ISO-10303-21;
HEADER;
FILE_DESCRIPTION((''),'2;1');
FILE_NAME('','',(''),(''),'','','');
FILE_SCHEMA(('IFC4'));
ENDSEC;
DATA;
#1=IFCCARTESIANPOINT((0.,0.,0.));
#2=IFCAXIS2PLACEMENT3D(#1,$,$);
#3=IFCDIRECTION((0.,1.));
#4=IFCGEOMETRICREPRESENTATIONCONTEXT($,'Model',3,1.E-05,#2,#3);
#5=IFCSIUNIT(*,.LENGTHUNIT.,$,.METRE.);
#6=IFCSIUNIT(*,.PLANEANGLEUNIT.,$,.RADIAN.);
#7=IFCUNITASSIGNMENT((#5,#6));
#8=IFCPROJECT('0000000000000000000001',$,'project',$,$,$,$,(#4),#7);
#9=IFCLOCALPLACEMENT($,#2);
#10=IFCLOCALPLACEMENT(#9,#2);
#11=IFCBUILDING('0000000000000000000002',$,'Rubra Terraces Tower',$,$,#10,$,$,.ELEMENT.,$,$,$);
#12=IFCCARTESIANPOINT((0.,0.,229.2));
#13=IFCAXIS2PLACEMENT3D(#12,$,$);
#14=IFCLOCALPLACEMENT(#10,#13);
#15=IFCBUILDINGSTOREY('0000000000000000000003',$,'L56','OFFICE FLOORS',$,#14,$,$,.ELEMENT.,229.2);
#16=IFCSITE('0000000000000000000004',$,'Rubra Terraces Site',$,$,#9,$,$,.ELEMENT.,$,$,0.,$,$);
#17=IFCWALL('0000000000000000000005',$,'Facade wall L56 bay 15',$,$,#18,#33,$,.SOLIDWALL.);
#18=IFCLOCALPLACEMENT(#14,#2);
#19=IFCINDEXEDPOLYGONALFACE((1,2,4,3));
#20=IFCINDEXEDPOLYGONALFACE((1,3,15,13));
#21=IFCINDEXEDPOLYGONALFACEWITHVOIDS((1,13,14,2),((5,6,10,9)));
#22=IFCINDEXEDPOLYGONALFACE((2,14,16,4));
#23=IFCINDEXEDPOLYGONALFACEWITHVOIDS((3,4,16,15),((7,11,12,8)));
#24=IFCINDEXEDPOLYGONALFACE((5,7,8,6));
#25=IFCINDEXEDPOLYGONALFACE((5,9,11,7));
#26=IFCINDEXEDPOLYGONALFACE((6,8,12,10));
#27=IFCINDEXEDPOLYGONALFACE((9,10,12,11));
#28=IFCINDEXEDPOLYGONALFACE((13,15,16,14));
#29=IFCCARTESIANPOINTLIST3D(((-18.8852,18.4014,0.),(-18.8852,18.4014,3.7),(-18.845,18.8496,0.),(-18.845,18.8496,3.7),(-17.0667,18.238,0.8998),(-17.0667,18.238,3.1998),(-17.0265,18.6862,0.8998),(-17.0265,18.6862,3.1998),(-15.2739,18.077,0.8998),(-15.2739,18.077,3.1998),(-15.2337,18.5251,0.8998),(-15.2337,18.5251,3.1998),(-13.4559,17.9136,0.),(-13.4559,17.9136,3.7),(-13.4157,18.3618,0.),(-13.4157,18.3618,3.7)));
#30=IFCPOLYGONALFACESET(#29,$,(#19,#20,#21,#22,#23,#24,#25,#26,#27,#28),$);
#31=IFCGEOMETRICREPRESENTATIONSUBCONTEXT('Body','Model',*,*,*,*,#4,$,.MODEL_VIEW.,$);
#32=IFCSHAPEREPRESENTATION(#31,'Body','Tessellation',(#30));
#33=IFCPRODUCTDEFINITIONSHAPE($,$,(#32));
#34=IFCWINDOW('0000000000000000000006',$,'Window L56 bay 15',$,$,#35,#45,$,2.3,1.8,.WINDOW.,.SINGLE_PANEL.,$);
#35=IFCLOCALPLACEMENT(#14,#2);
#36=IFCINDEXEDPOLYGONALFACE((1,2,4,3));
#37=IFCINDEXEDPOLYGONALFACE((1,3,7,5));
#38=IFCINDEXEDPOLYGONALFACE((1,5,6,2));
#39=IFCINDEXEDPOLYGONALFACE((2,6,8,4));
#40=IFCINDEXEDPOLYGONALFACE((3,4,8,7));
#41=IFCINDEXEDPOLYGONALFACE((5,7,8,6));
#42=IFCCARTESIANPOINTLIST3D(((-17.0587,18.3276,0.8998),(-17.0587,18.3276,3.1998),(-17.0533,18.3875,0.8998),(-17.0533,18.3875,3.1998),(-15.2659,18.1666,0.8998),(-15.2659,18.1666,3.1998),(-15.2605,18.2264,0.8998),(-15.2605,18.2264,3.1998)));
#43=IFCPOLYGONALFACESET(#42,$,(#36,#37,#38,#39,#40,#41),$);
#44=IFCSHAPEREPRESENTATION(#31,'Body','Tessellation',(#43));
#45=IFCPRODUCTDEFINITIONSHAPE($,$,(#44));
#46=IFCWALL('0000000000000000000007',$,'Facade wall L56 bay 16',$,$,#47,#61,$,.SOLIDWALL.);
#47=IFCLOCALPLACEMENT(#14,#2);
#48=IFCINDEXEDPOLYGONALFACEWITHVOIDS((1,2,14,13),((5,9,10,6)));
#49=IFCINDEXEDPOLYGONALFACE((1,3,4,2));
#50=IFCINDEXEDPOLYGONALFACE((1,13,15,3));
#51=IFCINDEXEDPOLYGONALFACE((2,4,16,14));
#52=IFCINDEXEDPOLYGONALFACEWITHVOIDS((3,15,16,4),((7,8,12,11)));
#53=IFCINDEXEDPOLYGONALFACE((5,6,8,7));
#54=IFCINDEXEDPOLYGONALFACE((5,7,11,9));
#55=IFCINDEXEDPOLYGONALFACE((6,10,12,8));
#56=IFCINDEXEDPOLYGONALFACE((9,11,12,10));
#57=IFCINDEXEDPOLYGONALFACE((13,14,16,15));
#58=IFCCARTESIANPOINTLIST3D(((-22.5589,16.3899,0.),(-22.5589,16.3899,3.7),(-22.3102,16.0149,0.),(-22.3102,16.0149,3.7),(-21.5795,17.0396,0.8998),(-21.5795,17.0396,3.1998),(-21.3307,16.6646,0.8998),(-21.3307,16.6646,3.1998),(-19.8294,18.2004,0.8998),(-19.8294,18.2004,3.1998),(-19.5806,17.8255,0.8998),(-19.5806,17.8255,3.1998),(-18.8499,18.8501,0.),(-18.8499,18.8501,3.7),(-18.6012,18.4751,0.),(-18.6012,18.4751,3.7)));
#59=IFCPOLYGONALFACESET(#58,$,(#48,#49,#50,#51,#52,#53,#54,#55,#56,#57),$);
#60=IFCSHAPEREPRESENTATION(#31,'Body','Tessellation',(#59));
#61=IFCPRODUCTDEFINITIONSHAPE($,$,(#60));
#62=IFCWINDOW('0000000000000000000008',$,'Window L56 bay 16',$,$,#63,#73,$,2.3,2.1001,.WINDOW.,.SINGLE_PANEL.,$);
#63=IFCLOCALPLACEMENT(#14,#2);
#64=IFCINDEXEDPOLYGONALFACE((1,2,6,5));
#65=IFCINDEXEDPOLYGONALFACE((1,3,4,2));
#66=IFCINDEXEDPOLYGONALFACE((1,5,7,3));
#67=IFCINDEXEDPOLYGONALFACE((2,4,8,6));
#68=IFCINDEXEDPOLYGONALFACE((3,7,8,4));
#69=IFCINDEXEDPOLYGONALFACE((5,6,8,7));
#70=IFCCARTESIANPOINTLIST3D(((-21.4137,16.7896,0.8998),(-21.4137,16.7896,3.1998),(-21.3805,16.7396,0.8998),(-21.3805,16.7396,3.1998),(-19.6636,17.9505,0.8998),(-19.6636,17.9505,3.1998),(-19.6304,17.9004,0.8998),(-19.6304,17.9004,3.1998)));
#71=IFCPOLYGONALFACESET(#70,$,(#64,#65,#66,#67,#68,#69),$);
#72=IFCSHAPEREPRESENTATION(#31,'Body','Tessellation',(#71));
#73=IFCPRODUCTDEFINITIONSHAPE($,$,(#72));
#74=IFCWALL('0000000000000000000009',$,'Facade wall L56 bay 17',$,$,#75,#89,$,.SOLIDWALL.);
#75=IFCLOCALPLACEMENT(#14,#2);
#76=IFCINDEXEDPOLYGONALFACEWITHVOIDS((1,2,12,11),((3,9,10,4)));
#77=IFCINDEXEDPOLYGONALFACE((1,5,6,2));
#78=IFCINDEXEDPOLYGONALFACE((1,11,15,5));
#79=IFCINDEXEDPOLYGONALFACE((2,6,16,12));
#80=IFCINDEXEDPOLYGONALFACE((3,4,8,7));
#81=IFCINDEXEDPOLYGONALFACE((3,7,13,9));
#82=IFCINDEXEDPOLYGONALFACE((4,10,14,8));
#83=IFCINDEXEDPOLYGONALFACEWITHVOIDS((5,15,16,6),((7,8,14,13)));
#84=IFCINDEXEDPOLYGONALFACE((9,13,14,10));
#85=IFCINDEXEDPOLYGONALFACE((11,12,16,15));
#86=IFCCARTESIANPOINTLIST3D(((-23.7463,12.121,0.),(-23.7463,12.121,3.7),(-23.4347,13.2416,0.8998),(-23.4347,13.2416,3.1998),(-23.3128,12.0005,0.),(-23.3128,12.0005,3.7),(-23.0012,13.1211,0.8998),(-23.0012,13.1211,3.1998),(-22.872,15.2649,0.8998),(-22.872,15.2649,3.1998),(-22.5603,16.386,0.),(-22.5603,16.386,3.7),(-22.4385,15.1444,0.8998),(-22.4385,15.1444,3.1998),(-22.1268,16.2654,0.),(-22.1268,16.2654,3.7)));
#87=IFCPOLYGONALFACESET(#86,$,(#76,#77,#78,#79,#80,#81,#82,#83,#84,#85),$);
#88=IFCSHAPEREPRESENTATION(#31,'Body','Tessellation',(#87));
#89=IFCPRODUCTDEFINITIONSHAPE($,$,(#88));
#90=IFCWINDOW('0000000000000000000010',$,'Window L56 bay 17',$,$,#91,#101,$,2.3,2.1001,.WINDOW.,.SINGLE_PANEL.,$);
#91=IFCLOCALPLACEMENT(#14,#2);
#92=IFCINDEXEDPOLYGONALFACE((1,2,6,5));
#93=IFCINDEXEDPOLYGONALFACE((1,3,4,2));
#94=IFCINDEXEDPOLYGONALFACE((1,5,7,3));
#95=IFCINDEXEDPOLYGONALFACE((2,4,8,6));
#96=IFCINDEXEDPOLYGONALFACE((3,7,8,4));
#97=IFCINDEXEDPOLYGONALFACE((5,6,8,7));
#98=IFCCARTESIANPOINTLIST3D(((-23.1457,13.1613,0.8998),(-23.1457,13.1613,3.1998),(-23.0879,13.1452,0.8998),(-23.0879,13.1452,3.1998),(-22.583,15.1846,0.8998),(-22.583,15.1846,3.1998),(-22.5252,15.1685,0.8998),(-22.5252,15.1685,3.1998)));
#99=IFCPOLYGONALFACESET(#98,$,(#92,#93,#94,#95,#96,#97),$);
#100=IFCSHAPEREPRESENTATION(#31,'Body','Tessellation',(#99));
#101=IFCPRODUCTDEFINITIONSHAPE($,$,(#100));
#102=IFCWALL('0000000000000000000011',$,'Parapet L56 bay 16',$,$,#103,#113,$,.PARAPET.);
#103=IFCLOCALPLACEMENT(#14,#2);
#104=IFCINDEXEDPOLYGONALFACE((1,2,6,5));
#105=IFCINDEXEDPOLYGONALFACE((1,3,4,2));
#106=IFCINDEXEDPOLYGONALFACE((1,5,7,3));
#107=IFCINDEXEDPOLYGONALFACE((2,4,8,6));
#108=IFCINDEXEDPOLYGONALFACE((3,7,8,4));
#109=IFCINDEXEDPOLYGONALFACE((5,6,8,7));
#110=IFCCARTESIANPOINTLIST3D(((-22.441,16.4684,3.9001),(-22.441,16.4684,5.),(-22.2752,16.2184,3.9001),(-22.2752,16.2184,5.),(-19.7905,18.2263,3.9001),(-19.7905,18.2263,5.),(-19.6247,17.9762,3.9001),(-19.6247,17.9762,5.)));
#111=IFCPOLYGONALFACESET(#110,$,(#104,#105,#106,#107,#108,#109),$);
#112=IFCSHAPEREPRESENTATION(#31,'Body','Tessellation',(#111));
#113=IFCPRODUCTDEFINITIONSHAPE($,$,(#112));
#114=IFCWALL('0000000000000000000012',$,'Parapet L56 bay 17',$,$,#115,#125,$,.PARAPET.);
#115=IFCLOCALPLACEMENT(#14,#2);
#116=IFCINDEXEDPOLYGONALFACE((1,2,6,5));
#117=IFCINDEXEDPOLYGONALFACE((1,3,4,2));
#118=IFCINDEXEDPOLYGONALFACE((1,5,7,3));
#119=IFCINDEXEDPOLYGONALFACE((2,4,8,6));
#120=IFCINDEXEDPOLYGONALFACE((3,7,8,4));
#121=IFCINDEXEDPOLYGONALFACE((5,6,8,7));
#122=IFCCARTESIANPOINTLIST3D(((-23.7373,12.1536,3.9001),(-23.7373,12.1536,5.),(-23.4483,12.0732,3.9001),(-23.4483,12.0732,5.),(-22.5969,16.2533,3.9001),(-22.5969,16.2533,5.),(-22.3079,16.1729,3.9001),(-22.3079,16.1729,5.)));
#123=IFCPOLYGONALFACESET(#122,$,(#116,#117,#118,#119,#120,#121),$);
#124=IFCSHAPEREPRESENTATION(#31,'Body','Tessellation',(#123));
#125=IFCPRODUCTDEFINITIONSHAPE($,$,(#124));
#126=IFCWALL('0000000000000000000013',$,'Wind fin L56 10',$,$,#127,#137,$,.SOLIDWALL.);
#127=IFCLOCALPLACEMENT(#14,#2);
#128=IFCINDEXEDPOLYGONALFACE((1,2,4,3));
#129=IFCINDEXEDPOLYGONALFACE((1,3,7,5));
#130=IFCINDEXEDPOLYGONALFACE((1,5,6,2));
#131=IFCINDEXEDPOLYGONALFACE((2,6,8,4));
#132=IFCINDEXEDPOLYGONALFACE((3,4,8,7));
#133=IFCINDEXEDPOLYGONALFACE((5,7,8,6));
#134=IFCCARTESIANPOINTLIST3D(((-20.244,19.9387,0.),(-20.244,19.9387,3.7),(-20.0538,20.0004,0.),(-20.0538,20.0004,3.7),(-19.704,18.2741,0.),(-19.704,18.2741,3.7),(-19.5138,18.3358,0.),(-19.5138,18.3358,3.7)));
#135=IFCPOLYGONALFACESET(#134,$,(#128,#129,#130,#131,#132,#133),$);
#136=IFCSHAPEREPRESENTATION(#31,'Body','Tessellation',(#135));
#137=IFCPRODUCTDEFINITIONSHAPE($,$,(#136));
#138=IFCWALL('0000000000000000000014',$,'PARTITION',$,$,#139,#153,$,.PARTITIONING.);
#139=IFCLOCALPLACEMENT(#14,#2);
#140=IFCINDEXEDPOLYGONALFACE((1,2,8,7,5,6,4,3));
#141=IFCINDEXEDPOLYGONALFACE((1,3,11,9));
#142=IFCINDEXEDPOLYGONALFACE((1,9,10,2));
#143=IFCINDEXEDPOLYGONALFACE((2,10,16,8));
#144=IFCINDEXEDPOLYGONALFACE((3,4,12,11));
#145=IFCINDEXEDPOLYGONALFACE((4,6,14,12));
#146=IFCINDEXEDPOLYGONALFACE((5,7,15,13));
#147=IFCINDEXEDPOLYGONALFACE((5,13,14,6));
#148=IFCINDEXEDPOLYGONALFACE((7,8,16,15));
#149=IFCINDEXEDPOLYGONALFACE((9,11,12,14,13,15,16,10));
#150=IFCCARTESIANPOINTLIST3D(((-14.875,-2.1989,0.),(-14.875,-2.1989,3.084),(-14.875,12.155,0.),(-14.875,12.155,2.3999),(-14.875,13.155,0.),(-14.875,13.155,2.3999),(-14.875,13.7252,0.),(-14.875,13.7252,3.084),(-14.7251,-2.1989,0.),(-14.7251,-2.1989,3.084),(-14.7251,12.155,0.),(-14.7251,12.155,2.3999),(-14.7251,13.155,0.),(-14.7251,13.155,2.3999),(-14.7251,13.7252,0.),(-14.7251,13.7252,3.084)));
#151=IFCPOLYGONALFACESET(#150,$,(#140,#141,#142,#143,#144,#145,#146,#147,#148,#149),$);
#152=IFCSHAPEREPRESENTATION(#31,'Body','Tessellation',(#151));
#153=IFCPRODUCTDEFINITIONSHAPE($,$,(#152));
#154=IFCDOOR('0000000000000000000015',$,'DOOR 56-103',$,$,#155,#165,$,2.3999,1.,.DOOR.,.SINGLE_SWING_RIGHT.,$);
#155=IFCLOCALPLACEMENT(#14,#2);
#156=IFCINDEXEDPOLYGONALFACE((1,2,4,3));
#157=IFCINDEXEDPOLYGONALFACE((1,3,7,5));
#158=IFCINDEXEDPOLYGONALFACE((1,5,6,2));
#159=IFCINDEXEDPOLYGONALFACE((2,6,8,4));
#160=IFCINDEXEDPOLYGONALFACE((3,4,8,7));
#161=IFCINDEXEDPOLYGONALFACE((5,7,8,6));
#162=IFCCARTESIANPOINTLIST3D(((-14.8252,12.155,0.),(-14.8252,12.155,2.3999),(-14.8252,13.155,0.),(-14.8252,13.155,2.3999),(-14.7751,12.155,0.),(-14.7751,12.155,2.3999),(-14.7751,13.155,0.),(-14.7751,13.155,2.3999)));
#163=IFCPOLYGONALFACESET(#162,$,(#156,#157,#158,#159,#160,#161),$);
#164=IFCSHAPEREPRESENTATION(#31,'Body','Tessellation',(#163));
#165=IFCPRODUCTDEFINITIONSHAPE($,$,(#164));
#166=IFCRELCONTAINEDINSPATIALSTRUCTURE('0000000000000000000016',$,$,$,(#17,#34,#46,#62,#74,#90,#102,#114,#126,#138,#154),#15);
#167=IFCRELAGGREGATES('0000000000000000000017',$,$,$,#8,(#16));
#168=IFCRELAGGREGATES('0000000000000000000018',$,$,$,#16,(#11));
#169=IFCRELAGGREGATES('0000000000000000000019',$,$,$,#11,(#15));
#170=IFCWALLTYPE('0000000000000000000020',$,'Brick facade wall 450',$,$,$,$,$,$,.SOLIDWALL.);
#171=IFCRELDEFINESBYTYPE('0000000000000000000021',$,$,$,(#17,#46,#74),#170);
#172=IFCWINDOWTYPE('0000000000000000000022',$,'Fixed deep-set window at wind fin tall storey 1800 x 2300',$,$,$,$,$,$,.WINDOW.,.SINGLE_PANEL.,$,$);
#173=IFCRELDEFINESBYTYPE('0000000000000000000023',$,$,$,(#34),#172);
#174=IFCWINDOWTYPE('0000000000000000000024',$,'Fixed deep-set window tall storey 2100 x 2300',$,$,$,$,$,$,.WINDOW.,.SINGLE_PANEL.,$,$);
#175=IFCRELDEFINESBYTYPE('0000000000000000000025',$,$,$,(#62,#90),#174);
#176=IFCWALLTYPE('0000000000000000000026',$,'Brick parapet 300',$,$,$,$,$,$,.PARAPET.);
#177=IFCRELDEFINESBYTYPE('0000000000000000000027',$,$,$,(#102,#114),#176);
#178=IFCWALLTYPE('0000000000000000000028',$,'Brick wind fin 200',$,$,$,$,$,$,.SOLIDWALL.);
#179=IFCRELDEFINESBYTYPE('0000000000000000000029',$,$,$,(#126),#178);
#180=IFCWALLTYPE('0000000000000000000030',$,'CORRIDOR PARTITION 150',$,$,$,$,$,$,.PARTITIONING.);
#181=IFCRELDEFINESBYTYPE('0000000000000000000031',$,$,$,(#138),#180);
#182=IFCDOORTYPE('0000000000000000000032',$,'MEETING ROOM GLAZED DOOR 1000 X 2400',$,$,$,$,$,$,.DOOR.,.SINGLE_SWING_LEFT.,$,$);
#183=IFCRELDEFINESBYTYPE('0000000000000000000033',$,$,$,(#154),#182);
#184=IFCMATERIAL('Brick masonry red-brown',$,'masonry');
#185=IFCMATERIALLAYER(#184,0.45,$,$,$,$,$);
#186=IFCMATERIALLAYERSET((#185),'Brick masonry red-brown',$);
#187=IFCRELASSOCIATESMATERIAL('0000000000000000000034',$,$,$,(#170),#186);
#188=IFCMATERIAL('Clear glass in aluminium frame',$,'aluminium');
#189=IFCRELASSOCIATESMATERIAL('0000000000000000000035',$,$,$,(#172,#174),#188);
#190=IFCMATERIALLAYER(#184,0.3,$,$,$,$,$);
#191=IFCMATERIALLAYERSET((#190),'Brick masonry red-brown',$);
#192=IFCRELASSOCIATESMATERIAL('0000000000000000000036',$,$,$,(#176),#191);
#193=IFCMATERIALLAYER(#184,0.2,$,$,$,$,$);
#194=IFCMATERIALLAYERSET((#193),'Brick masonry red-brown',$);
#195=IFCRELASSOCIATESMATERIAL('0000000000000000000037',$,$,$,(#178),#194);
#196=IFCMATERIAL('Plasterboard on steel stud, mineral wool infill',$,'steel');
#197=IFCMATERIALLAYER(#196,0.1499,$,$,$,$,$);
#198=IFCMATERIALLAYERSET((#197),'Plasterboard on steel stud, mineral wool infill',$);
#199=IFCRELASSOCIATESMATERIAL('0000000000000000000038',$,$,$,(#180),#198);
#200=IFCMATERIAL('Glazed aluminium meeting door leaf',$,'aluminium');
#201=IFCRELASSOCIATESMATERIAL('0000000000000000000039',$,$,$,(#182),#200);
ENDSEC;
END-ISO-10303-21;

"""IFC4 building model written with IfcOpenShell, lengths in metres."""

from ifc_helpers import new_model, si_unit, direction, frame, frame_2d, origin, place, context, subcontext, project, spatial, rectangle, extrude, material, layer, layer_set, type_object, element, fill, save


model = new_model("IFC4")

# Units and contexts
model_context = context("Model", 3, precision=1e-05, world=origin(), true_north=direction((0.0, 1.0)))
body_context = subcontext(model_context, "Body", "Model", "MODEL_VIEW")
ifc_project = project(units=[si_unit("LENGTHUNIT", "METRE"), si_unit("PLANEANGLEUNIT", "RADIAN")], contexts=[model_context])

# Site, building, storey
site_placement = place(None, origin())
site = spatial("IfcSite", under=ifc_project, at=site_placement, Name="Rubra Terraces Site", CompositionType="ELEMENT", RefElevation=0.0)
building_placement = place(site_placement, origin())
building = spatial("IfcBuilding", under=site, at=building_placement, Name="Rubra Terraces Tower", CompositionType="ELEMENT")
storey_placement = place(building_placement, frame((0.0, 0.0, 229.2)))
storey = spatial("IfcBuildingStorey", under=building, at=storey_placement, Name="L56", Description="OFFICE FLOORS", CompositionType="ELEMENT", Elevation=229.2)

# Walls, openings, windows
ifc_material_1 = material(Name="Brick masonry red-brown", Category="masonry")
ifc_layer_1 = layer(ifc_material_1, 0.45)
ifc_layer_set_1 = layer_set([ifc_layer_1], Name="Brick masonry red-brown")
wall_type_1 = type_object("IfcWallType", Name="Brick facade wall 450", PredefinedType="SOLIDWALL", material=ifc_layer_set_1)
wall_1_placement = place(storey_placement, frame((-13.4358, 18.1377, 0.0), z_axis=(0.0, 0.0, 1.0), x_axis=(-0.995988, 0.089486, 0.0)))
wall_1 = element("IfcWall", 1, at=wall_1_placement, inside=storey, type_object=wall_type_1, Name="Facade wall L56 bay 15", PredefinedType="SOLIDWALL", context=body_context, shape_type="SweptSolid", body=[
    extrude(rectangle(XDim=5.4512, YDim=0.45, at=frame_2d((2.7256, 0.0))), origin(), (0.0, 0.0, 1.0), 3.7),
])
opening_1_placement = place(wall_1_placement, frame((1.8254, 0.0, 0.8999)))
opening_1 = element("IfcOpeningElement", 2, at=opening_1_placement, cuts=wall_1, PredefinedType="OPENING", context=body_context, shape_type="SweptSolid", body=[
    extrude(rectangle(XDim=1.8, YDim=2.3, at=frame_2d((0.8999, 1.1499))), frame((0.0, 0.2349, 0.0), z_axis=(0.0, -1.0, 0.0), x_axis=(1.0, 0.0, 0.0)), (0.0, 0.0, 1.0), 0.47),
])
ifc_material_2 = material(Name="Clear glass in aluminium frame", Category="aluminium")
window_type_1 = type_object("IfcWindowType", Name="Fixed deep-set window at wind fin tall storey 1800 x 2300", PartitioningType="SINGLE_PANEL", PredefinedType="WINDOW", material=ifc_material_2)
window_1_placement = place(opening_1_placement, origin())
window_1 = element("IfcWindow", 3, at=window_1_placement, inside=storey, type_object=window_type_1, Name="Window L56 bay 15", OverallHeight=2.3, OverallWidth=1.8, PartitioningType="SINGLE_PANEL", PredefinedType="WINDOW", context=body_context, shape_type="SweptSolid", body=[
    extrude(rectangle(XDim=1.8, YDim=2.3, at=frame_2d((0.8999, 1.1499))), frame((0.0, 0.135, 0.0), z_axis=(0.0, -1.0, 0.0), x_axis=(1.0, 0.0, 0.0)), (0.0, 0.0, 1.0), 0.0601),
])
fill(opening_1, window_1)
wall_2_placement = place(storey_placement, frame((-18.7256, 18.6626, 0.0), z_axis=(0.0, 0.0, 1.0), x_axis=(-0.833339, -0.552762, 0.0)))
wall_2 = element("IfcWall", 4, at=wall_2_placement, inside=storey, type_object=wall_type_1, Name="Facade wall L56 bay 16", PredefinedType="SOLIDWALL", context=body_context, shape_type="SweptSolid", body=[
    extrude(rectangle(XDim=4.4507, YDim=0.45, at=frame_2d((2.2253, 0.0))), origin(), (0.0, 0.0, 1.0), 3.7),
])
opening_2_placement = place(wall_2_placement, frame((1.1753, 0.0, 0.8999)))
opening_2 = element("IfcOpeningElement", 5, at=opening_2_placement, cuts=wall_2, PredefinedType="OPENING", context=body_context, shape_type="SweptSolid", body=[
    extrude(rectangle(XDim=2.1001, YDim=2.3, at=frame_2d((1.05, 1.1499))), frame((0.0, 0.2349, 0.0), z_axis=(0.0, -1.0, 0.0), x_axis=(1.0, 0.0, 0.0)), (0.0, 0.0, 1.0), 0.47),
])
window_type_2 = type_object("IfcWindowType", Name="Fixed deep-set window tall storey 2100 x 2300", PartitioningType="SINGLE_PANEL", PredefinedType="WINDOW", material=ifc_material_2)
window_2_placement = place(opening_2_placement, origin())
window_2 = element("IfcWindow", 6, at=window_2_placement, inside=storey, type_object=window_type_2, Name="Window L56 bay 16", OverallHeight=2.3, OverallWidth=2.1001, PartitioningType="SINGLE_PANEL", PredefinedType="WINDOW", context=body_context, shape_type="SweptSolid", body=[
    extrude(rectangle(XDim=2.1001, YDim=2.3, at=frame_2d((1.05, 1.1499))), frame((0.0, 0.135, 0.0), z_axis=(0.0, -1.0, 0.0), x_axis=(1.0, 0.0, 0.0)), (0.0, 0.0, 1.0), 0.0601),
])
fill(opening_2, window_2)
wall_3_placement = place(storey_placement, frame((-22.3435, 16.3257, 0.0), z_axis=(0.0, 0.0, 1.0), x_axis=(-0.267925, -0.96344, 0.0)))
wall_3 = element("IfcWall", 7, at=wall_3_placement, inside=storey, type_object=wall_type_1, Name="Facade wall L56 bay 17", PredefinedType="SOLIDWALL", context=body_context, shape_type="SweptSolid", body=[
    extrude(rectangle(XDim=4.4268, YDim=0.45, at=frame_2d((2.2134, 0.0))), origin(), (0.0, 0.0, 1.0), 3.7),
])
opening_3_placement = place(wall_3_placement, frame((1.1636, 0.0, 0.8999)))
opening_3 = element("IfcOpeningElement", 8, at=opening_3_placement, cuts=wall_3, PredefinedType="OPENING", context=body_context, shape_type="SweptSolid", body=[
    extrude(rectangle(XDim=2.1001, YDim=2.3, at=frame_2d((1.05, 1.1499))), frame((0.0, 0.2349, 0.0), z_axis=(0.0, -1.0, 0.0), x_axis=(1.0, 0.0, 0.0)), (0.0, 0.0, 1.0), 0.47),
])
window_3_placement = place(opening_3_placement, origin())
window_3 = element("IfcWindow", 9, at=window_3_placement, inside=storey, type_object=window_type_2, Name="Window L56 bay 17", OverallHeight=2.3, OverallWidth=2.1001, PartitioningType="SINGLE_PANEL", PredefinedType="WINDOW", context=body_context, shape_type="SweptSolid", body=[
    extrude(rectangle(XDim=2.1001, YDim=2.3, at=frame_2d((1.05, 1.1499))), frame((0.0, 0.135, 0.0), z_axis=(0.0, -1.0, 0.0), x_axis=(1.0, 0.0, 0.0)), (0.0, 0.0, 1.0), 0.0601),
])
fill(opening_3, window_3)

# Walls
ifc_layer_2 = layer(ifc_material_1, 0.3)
ifc_layer_set_2 = layer_set([ifc_layer_2], Name="Brick masonry red-brown")
wall_type_2 = type_object("IfcWallType", Name="Brick parapet 300", PredefinedType="PARAPET", material=ifc_layer_set_2)
wall_4_placement = place(storey_placement, frame((-19.7075, 18.1013, 3.9001), z_axis=(0.0, 0.0, 1.0), x_axis=(-0.833371, -0.552715, 0.0)))
element("IfcWall", 10, at=wall_4_placement, inside=storey, type_object=wall_type_2, Name="Parapet L56 bay 16", PredefinedType="PARAPET", context=body_context, shape_type="SweptSolid", body=[
    extrude(rectangle(XDim=3.1804, YDim=0.3, at=frame_2d((1.5903, 0.0))), origin(), (0.0, 0.0, 1.0), 1.0999),
])
wall_5_placement = place(storey_placement, frame((-22.4524, 16.2131, 3.9001), z_axis=(0.0, 0.0, 1.0), x_axis=(-0.267993, -0.963421, 0.0)))
element("IfcWall", 11, at=wall_5_placement, inside=storey, type_object=wall_type_2, Name="Parapet L56 bay 17", PredefinedType="PARAPET", context=body_context, shape_type="SweptSolid", body=[
    extrude(rectangle(XDim=4.2554, YDim=0.3, at=frame_2d((2.1277, 0.0))), origin(), (0.0, 0.0, 1.0), 1.0999),
])
ifc_layer_3 = layer(ifc_material_1, 0.2)
ifc_layer_set_3 = layer_set([ifc_layer_3], Name="Brick masonry red-brown")
wall_type_3 = type_object("IfcWallType", Name="Brick wind fin 200", PredefinedType="SOLIDWALL", material=ifc_layer_set_3)
wall_6_placement = place(storey_placement, frame((-19.6089, 18.3049, 0.0), z_axis=(0.0, 0.0, 1.0), x_axis=(-0.3086, 0.951192, 0.0)))
element("IfcWall", 12, at=wall_6_placement, inside=storey, type_object=wall_type_3, Name="Wind fin L56 10", PredefinedType="SOLIDWALL", context=body_context, shape_type="SweptSolid", body=[
    extrude(rectangle(XDim=1.75, YDim=0.2, at=frame_2d((0.875, 0.0))), origin(), (0.0, 0.0, 1.0), 3.7),
])

# Wall, opening, door
ifc_material_3 = material(Name="Plasterboard on steel stud, mineral wool infill", Category="steel")
ifc_layer_4 = layer(ifc_material_3, 0.1499)
ifc_layer_set_4 = layer_set([ifc_layer_4], Name="Plasterboard on steel stud, mineral wool infill")
wall_type_4 = type_object("IfcWallType", Name="CORRIDOR PARTITION 150", PredefinedType="PARTITIONING", material=ifc_layer_set_4)
wall_7_placement = place(storey_placement, frame((-14.8, 13.7251, 0.0), z_axis=(0.0, 0.0, 1.0), x_axis=(0.0, -1.0, 0.0)))
wall_7 = element("IfcWall", 13, at=wall_7_placement, inside=storey, type_object=wall_type_4, Name="PARTITION", PredefinedType="PARTITIONING", context=body_context, shape_type="SweptSolid", body=[
    extrude(rectangle(XDim=15.9241, YDim=0.1499, at=frame_2d((7.9619, 0.0))), origin(), (0.0, 0.0, 1.0), 3.084),
])
opening_4_placement = place(wall_7_placement, frame((0.5701, 0.0, 0.0)))
opening_4 = element("IfcOpeningElement", 14, at=opening_4_placement, cuts=wall_7, PredefinedType="OPENING", context=body_context, shape_type="SweptSolid", body=[
    extrude(rectangle(XDim=1.0, YDim=2.3999, at=frame_2d((0.5, 1.2))), frame((0.0, 0.085, 0.0), z_axis=(0.0, -1.0, 0.0), x_axis=(1.0, 0.0, 0.0)), (0.0, 0.0, 1.0), 0.1699),
])
ifc_material_4 = material(Name="Glazed aluminium meeting door leaf", Category="aluminium")
door_type = type_object("IfcDoorType", Name="MEETING ROOM GLAZED DOOR 1000 X 2400", OperationType="SINGLE_SWING_LEFT", PredefinedType="DOOR", material=ifc_material_4)
door_placement = place(opening_4_placement, origin())
door = element("IfcDoor", 15, at=door_placement, inside=storey, type_object=door_type, Name="DOOR 56-103", OperationType="SINGLE_SWING_RIGHT", OverallHeight=2.3999, OverallWidth=1.0, PredefinedType="DOOR", context=body_context, shape_type="SweptSolid", body=[
    extrude(rectangle(XDim=1.0, YDim=2.3999, at=frame_2d((0.5, 1.2))), frame((0.0, 0.0249, 0.0), z_axis=(0.0, -1.0, 0.0), x_axis=(1.0, 0.0, 0.0)), (0.0, 0.0, 1.0), 0.05),
])
fill(opening_4, door)

save(model, "model.ifc")
